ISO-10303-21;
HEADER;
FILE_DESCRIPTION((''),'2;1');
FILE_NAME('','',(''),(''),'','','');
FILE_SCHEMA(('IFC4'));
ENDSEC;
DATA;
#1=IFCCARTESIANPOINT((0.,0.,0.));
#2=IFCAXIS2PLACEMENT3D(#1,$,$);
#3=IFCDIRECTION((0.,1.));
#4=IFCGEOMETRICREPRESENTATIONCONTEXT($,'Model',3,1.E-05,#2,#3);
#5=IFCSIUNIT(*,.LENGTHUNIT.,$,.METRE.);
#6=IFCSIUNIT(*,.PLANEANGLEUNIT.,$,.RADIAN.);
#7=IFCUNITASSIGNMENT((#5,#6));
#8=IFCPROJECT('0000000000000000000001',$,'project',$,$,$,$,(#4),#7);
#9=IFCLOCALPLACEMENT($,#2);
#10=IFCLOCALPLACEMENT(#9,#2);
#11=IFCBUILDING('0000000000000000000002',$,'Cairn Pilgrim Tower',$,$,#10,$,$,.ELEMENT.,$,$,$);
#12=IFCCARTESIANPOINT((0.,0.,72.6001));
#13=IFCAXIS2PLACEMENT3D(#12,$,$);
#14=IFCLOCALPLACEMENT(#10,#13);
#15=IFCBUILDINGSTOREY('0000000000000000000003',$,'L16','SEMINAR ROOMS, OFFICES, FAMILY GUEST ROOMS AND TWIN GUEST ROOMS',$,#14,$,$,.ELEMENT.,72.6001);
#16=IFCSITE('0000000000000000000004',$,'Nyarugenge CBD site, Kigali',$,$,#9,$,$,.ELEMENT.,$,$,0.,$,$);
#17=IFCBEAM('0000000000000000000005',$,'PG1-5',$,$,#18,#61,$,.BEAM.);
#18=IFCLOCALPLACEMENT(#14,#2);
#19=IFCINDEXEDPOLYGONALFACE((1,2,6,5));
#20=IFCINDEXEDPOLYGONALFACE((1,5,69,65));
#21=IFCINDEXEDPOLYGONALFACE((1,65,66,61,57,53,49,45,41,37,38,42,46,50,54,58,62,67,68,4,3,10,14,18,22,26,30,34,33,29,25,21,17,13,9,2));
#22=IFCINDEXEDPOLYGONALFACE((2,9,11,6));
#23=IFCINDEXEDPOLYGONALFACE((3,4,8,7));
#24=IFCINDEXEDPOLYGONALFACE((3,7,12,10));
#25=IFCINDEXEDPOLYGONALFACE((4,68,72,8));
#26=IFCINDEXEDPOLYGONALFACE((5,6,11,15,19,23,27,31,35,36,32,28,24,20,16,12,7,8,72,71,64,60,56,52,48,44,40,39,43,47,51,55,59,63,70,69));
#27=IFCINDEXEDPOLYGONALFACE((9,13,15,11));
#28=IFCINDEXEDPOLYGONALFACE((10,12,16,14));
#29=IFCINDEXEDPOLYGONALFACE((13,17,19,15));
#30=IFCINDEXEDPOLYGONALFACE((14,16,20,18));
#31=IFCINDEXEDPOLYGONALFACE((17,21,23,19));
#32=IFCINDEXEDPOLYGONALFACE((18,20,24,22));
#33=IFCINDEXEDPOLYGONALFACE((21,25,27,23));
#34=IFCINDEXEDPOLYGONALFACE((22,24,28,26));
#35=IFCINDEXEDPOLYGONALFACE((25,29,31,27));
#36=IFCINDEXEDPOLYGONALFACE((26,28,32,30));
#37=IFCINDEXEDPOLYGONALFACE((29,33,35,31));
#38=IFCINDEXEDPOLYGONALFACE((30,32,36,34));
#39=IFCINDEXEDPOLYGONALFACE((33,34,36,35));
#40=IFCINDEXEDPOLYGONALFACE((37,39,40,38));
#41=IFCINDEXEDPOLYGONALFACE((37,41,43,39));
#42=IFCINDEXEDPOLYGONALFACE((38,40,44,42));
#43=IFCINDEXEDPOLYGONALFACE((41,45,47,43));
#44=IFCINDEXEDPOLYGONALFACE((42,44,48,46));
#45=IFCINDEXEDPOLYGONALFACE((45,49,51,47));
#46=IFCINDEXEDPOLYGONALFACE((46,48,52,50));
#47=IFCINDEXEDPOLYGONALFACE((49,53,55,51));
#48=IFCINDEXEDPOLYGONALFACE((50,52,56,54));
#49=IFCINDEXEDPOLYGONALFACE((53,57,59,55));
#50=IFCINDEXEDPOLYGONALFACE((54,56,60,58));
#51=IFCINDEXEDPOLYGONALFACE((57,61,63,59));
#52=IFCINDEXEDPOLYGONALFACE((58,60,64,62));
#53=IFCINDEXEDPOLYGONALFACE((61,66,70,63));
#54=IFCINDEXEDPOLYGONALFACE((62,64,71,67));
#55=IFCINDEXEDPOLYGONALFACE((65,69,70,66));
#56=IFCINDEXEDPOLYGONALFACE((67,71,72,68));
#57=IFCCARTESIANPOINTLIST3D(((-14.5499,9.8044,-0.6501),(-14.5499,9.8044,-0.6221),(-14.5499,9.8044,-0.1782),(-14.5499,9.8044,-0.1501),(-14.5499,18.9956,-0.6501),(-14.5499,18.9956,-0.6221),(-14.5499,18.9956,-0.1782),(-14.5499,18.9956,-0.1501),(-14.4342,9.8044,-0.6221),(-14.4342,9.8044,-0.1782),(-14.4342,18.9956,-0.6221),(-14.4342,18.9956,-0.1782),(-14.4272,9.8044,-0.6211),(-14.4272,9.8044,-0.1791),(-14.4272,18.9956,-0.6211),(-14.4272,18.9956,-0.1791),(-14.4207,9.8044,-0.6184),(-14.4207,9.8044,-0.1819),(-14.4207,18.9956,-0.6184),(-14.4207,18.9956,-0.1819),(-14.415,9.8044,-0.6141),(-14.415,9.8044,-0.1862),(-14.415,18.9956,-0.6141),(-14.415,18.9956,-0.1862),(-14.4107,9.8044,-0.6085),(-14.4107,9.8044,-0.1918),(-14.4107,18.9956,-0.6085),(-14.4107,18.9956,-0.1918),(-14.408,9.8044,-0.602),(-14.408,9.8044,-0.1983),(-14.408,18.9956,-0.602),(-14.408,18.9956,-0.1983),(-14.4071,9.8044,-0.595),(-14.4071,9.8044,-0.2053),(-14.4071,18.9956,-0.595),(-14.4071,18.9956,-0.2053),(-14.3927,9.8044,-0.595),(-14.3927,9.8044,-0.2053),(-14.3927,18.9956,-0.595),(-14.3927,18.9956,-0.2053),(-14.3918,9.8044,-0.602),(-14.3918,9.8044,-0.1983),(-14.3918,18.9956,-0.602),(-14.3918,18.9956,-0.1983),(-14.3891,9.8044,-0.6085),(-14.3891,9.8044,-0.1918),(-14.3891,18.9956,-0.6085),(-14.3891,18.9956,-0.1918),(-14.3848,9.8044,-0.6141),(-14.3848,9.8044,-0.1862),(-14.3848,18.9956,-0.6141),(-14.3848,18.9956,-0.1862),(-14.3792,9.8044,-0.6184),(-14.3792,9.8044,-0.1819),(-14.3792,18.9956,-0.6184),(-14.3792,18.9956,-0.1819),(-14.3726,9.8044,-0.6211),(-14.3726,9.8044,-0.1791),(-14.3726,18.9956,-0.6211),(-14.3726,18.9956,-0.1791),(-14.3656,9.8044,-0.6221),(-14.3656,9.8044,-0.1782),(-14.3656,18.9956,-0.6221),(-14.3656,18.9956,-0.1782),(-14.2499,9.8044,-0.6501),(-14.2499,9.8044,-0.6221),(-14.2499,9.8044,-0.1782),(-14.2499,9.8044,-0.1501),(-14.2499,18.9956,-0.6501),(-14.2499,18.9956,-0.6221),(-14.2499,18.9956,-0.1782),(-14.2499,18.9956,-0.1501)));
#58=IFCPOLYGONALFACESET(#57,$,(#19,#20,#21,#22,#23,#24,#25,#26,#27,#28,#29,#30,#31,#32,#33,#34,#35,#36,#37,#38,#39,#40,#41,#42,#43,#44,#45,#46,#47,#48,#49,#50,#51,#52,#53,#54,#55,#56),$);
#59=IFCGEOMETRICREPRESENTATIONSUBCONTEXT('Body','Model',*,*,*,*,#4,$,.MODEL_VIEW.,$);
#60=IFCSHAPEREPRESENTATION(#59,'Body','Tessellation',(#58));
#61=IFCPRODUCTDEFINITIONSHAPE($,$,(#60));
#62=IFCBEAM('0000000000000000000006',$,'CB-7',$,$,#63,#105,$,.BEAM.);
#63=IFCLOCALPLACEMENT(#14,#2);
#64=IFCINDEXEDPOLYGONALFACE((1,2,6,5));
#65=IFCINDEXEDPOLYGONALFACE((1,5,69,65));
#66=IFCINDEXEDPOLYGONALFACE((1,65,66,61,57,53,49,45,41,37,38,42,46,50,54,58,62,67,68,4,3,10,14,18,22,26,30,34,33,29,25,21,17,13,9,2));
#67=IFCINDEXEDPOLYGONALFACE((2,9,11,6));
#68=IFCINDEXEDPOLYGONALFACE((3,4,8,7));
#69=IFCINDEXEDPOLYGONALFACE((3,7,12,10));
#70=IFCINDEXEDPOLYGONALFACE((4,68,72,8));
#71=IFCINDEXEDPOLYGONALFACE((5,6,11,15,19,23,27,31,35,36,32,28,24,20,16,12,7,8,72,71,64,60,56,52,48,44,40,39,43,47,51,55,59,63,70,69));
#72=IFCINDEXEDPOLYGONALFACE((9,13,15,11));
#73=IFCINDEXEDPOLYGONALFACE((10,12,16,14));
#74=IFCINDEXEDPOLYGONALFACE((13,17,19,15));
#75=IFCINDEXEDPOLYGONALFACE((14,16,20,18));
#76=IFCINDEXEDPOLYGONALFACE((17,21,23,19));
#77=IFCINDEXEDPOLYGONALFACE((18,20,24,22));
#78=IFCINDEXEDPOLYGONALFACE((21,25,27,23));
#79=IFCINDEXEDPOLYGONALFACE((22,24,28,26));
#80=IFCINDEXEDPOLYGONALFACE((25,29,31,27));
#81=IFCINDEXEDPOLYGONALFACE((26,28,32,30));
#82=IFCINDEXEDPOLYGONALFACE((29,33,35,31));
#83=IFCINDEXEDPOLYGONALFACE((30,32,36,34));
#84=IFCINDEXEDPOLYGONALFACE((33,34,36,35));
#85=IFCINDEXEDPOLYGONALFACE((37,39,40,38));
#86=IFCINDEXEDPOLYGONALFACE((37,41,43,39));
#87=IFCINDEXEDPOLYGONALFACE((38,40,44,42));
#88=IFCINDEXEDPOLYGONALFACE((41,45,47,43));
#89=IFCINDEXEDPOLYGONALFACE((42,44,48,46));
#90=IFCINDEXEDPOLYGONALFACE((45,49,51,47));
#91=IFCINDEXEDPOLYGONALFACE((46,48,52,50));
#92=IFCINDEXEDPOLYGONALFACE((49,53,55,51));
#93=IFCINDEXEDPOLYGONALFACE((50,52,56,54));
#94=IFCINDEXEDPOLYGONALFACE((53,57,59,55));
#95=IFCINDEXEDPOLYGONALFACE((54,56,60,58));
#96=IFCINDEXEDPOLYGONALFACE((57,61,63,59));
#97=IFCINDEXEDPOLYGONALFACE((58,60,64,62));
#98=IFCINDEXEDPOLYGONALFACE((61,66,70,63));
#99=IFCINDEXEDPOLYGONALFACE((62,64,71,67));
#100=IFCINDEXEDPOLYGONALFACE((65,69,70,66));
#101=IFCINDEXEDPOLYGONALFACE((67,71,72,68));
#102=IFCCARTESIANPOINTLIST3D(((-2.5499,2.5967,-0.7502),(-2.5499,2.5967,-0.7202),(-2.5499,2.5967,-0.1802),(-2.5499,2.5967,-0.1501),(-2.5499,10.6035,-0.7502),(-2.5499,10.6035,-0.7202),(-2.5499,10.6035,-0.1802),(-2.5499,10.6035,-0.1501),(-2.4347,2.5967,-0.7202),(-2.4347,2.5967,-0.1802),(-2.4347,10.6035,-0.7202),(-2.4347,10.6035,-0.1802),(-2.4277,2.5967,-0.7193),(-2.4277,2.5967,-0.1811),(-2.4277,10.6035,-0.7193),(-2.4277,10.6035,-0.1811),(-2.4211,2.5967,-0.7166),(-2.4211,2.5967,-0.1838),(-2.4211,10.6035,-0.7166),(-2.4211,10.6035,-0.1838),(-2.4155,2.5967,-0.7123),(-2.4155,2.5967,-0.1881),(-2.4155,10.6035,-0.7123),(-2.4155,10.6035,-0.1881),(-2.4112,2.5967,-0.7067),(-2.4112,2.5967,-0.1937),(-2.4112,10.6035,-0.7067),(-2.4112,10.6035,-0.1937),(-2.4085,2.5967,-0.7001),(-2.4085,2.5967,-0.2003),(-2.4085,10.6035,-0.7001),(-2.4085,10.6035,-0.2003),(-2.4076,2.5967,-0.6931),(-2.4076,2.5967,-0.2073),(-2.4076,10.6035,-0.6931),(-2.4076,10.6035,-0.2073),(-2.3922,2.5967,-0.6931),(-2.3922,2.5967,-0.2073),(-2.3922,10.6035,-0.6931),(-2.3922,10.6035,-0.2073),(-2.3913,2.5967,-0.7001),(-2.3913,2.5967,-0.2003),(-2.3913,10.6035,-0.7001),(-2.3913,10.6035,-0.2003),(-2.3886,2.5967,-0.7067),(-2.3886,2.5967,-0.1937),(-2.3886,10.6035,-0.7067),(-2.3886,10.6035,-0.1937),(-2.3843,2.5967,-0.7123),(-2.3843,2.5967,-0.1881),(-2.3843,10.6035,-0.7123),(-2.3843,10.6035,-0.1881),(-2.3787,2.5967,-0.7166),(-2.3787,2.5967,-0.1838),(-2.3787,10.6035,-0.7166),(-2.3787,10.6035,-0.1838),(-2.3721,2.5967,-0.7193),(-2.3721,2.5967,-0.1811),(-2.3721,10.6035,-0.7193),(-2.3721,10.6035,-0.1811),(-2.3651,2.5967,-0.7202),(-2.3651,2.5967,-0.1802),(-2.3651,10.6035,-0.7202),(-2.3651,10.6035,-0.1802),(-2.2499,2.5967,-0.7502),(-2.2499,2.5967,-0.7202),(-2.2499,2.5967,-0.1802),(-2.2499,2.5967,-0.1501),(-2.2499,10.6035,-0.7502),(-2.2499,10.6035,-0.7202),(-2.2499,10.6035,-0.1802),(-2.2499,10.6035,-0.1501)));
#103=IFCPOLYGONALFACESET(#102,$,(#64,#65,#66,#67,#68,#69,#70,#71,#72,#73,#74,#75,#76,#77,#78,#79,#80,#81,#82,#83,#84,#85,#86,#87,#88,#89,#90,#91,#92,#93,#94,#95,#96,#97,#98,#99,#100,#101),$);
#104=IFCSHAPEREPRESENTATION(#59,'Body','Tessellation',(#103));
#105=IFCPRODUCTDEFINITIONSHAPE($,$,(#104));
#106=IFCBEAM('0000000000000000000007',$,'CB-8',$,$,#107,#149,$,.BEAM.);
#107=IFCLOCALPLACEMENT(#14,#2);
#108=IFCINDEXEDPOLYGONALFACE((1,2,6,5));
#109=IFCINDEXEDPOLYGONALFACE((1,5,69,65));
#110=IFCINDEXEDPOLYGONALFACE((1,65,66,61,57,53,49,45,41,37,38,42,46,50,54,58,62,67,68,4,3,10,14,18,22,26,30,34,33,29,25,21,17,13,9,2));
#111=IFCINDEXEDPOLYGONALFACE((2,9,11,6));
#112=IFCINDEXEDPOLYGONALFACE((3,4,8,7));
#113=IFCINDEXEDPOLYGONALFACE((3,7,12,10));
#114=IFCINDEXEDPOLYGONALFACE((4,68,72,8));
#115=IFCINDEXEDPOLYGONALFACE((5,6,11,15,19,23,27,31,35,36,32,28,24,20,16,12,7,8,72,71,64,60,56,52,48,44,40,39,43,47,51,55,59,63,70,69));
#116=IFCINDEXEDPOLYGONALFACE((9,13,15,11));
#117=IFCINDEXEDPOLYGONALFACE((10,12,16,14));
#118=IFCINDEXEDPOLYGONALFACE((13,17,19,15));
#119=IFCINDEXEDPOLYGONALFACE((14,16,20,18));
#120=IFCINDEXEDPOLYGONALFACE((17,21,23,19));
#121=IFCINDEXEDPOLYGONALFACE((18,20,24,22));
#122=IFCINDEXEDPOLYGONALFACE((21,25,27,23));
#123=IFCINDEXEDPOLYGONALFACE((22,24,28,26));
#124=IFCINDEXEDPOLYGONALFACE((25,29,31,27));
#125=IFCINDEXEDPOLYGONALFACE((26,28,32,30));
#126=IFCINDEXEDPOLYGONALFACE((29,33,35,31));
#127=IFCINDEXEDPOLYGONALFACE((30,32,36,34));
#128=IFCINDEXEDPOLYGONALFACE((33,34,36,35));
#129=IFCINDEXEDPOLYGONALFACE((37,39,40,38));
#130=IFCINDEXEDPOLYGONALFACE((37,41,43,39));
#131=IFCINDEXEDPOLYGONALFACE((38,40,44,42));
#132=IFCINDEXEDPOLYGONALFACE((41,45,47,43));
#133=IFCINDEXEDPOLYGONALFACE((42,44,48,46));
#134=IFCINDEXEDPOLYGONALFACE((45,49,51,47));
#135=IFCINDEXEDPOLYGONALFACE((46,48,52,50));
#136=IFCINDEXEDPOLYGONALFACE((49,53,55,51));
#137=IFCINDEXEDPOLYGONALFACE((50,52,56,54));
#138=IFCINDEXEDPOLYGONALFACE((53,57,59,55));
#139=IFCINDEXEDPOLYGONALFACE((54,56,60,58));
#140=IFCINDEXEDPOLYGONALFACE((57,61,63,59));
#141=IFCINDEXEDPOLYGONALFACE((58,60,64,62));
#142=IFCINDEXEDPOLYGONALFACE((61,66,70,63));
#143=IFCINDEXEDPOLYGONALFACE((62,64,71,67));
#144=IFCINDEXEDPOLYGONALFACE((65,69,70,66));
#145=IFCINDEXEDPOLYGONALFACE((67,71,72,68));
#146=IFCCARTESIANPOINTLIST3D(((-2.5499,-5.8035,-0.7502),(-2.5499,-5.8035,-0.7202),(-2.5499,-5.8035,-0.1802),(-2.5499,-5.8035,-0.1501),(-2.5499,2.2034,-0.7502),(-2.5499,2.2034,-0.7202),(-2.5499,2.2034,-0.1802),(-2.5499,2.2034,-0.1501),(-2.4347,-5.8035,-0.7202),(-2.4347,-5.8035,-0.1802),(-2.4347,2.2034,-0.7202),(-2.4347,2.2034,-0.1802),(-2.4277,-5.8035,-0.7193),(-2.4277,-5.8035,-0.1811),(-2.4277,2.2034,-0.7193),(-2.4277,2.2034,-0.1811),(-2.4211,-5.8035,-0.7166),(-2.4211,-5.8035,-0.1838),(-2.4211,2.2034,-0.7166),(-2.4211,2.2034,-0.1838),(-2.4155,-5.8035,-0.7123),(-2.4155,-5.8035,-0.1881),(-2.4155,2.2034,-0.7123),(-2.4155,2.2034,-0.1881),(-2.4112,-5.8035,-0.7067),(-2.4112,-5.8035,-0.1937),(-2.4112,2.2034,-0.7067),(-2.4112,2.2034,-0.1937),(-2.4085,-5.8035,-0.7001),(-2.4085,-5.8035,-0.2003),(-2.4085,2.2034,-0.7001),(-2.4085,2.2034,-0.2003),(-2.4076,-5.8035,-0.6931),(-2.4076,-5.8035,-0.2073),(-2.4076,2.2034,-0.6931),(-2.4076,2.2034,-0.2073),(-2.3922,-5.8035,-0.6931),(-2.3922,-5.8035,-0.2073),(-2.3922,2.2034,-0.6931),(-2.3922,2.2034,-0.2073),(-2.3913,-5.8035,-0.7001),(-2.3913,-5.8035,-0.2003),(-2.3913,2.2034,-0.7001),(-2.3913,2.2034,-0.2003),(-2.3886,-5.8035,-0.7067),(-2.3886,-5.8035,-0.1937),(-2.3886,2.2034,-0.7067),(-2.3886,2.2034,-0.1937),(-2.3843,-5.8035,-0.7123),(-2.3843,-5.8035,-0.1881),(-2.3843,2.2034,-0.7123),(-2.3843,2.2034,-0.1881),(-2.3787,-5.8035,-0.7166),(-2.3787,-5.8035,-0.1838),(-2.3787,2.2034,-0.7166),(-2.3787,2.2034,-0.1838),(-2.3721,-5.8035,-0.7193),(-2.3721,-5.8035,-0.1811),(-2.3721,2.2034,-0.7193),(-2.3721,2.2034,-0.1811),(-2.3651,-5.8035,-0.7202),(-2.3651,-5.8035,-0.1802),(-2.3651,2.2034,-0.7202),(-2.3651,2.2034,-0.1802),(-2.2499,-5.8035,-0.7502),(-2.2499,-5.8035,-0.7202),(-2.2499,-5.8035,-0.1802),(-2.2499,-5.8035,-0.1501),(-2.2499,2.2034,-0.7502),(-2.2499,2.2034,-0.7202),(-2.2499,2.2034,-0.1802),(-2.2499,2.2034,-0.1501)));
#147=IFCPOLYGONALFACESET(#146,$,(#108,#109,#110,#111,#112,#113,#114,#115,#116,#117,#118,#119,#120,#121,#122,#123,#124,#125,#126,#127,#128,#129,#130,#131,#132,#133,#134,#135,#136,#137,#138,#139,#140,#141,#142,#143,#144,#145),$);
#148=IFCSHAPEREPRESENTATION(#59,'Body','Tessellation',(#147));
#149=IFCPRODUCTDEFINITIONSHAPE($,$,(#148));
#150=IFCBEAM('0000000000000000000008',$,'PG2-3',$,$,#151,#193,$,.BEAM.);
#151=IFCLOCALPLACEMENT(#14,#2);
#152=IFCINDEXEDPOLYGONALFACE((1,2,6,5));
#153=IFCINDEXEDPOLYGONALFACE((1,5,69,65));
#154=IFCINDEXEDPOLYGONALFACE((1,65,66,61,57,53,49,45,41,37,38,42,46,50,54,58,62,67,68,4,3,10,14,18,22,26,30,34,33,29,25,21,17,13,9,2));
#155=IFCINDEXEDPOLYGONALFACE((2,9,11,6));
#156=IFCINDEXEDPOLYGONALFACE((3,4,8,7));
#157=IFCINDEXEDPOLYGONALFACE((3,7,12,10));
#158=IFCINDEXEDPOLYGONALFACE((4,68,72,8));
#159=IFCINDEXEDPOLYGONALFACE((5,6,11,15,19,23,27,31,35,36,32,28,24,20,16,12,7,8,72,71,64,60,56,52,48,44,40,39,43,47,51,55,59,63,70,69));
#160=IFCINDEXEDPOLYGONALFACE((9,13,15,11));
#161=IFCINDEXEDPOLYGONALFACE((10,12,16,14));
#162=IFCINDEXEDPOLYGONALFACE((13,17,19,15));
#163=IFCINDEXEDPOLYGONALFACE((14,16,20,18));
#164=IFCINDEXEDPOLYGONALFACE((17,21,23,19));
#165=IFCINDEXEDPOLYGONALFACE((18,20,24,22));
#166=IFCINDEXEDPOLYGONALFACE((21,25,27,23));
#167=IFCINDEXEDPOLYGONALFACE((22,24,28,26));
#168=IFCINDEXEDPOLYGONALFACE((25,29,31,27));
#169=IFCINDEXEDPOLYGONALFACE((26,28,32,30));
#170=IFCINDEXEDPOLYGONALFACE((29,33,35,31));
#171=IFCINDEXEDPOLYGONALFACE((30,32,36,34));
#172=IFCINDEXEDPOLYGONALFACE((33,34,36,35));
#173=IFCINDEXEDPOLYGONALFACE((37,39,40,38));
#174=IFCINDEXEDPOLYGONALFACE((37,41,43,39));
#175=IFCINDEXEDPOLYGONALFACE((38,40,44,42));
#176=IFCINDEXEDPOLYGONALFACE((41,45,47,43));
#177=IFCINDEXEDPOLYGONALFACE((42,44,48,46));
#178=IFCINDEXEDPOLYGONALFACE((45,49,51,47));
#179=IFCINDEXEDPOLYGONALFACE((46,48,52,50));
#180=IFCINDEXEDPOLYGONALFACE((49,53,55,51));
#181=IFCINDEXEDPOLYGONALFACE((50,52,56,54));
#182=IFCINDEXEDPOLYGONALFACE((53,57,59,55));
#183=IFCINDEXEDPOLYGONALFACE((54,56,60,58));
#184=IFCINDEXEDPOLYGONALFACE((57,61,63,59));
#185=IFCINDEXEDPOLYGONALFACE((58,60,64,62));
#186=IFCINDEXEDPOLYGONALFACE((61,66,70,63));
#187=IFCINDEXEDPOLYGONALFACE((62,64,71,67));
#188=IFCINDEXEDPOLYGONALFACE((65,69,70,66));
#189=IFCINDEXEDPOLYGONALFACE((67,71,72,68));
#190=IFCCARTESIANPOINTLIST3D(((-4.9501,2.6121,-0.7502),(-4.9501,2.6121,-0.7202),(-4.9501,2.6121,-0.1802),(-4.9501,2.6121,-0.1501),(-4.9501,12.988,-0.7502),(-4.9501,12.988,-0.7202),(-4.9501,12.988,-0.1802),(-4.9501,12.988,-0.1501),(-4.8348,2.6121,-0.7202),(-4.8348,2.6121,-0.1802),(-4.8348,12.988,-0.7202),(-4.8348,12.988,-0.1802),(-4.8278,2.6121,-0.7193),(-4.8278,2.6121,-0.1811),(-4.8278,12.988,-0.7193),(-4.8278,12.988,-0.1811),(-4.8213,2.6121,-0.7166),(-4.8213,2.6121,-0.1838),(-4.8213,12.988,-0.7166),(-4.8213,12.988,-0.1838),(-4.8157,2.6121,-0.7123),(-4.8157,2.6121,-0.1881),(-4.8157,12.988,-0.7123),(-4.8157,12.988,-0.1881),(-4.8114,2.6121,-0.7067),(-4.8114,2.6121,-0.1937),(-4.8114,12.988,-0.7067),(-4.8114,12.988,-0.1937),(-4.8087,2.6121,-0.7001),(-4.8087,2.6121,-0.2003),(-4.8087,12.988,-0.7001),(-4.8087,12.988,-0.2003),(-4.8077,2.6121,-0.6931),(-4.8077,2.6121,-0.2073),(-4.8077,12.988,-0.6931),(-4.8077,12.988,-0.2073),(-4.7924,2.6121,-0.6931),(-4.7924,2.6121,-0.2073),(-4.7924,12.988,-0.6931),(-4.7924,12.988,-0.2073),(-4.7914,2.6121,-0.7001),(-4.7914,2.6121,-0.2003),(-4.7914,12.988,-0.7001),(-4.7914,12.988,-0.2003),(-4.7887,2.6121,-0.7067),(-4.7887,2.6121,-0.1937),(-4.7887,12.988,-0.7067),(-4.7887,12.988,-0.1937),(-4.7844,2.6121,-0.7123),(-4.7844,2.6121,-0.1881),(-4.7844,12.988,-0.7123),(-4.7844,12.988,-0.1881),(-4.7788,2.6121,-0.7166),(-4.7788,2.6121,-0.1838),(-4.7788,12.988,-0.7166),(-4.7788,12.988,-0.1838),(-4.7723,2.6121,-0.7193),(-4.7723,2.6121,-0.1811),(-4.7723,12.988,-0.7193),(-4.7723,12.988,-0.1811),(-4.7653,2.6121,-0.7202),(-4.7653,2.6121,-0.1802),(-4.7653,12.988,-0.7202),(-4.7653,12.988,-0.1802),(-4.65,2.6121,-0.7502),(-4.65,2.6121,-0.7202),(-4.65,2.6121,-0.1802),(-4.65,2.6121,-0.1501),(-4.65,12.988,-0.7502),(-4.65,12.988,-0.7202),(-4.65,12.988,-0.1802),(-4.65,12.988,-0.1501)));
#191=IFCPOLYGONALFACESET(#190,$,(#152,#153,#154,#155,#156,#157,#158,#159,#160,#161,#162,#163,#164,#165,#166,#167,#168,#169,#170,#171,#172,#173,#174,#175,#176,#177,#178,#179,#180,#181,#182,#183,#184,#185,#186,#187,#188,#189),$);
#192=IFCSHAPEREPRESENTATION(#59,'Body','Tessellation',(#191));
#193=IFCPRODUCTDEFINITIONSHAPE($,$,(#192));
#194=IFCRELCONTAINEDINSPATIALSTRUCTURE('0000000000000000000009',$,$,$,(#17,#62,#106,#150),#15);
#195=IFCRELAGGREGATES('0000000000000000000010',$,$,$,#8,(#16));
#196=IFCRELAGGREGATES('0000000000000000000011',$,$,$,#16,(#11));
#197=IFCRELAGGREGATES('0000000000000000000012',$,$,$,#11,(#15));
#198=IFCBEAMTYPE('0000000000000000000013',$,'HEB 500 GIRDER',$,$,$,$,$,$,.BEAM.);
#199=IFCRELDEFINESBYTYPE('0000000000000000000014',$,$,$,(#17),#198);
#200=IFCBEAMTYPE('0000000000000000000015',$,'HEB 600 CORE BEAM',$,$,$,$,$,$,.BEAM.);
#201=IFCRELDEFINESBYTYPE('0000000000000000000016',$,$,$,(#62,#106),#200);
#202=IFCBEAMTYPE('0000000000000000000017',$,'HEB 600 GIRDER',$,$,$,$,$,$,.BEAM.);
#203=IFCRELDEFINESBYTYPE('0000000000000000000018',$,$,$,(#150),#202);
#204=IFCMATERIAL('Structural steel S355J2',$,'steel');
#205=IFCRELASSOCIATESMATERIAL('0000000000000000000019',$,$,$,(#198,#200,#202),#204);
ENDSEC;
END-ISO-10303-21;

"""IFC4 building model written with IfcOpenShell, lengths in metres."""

from ifc_helpers import new_model, si_unit, direction, frame, origin, origin_2d, place, context, subcontext, project, spatial, i_section, extrude, material, material_profile, profile_set, type_object, element, save


model = new_model("IFC4")

# Units and contexts
model_context = context("Model", 3, precision=1e-05, world=origin(), true_north=direction((0.0, 1.0)))
body_context = subcontext(model_context, "Body", "Model", "MODEL_VIEW")
ifc_project = project(units=[si_unit("LENGTHUNIT", "METRE"), si_unit("PLANEANGLEUNIT", "RADIAN")], contexts=[model_context])

# Site, building, storey
site_placement = place(None, origin())
site = spatial("IfcSite", under=ifc_project, at=site_placement, Name="Nyarugenge CBD site, Kigali", CompositionType="ELEMENT", RefElevation=0.0)
building_placement = place(site_placement, origin())
building = spatial("IfcBuilding", under=site, at=building_placement, Name="Cairn Pilgrim Tower", CompositionType="ELEMENT")
storey_placement = place(building_placement, frame((0.0, 0.0, 72.6001)))
storey = spatial("IfcBuildingStorey", under=building, at=storey_placement, Name="L16", Description="SEMINAR ROOMS, OFFICES, FAMILY GUEST ROOMS AND TWIN GUEST ROOMS", CompositionType="ELEMENT", Elevation=72.6001)

# Beams
ifc_material_1 = material(Name="Structural steel S355J2", Category="steel")
ifc_material_profile_1 = material_profile(ifc_material_1, i_section(OverallWidth=0.3, OverallDepth=0.5, WebThickness=0.0144, FlangeThickness=0.0281, FilletRadius=0.0271, at=origin_2d()), Name="HEB 500")
ifc_profile_set_1 = profile_set([ifc_material_profile_1], Name="Structural steel S355J2")
beam_type_1 = type_object("IfcBeamType", Name="HEB 500 GIRDER", PredefinedType="BEAM", material=ifc_profile_set_1)
beam_1_placement = place(storey_placement, frame((-14.3999, 9.8044, -0.4001), z_axis=(0.0, 1.0, 0.0), x_axis=(-1.0, 0.0, 0.0)))
element("IfcBeam", 1, at=beam_1_placement, inside=storey, type_object=beam_type_1, Name="PG1-5", PredefinedType="BEAM", context=body_context, shape_type="SweptSolid", body=[
    extrude(i_section(OverallWidth=0.3, OverallDepth=0.5, WebThickness=0.0144, FlangeThickness=0.0281, FilletRadius=0.0271, at=origin_2d()), origin(), (0.0, 0.0, 1.0), 9.1912),
])
ifc_material_profile_2 = material_profile(ifc_material_1, i_section(OverallWidth=0.3, OverallDepth=0.6001, WebThickness=0.0154, FlangeThickness=0.03, FilletRadius=0.0271, at=origin_2d()), Name="HEB 600")
ifc_profile_set_2 = profile_set([ifc_material_profile_2], Name="Structural steel S355J2")
beam_type_2 = type_object("IfcBeamType", Name="HEB 600 CORE BEAM", PredefinedType="BEAM", material=ifc_profile_set_2)
for number, where, z_axis, x_axis, name in (
    (2, (-2.3999, 10.6035, -0.4502), (0.0, -1.0, 0.0), (1.0, 0.0, 0.0), "CB-7"),
    (3, (-2.3999, 2.2034, -0.4502), (0.0, -1.0, 0.0), (1.0, 0.0, 0.0), "CB-8"),
):
    element("IfcBeam", number, at=place(storey_placement, frame(where, z_axis=z_axis, x_axis=x_axis)), inside=storey, type_object=beam_type_2, Name=name, PredefinedType="BEAM", context=body_context, shape_type="SweptSolid", body=[
        extrude(i_section(OverallWidth=0.3, OverallDepth=0.6001, WebThickness=0.0154, FlangeThickness=0.03, FilletRadius=0.0271, at=origin_2d()), origin(), (0.0, 0.0, 1.0), 8.0068),
    ])
ifc_material_profile_3 = material_profile(ifc_material_1, i_section(OverallWidth=0.3, OverallDepth=0.6001, WebThickness=0.0154, FlangeThickness=0.03, FilletRadius=0.0271, at=origin_2d()), Name="HEB 600")
ifc_profile_set_3 = profile_set([ifc_material_profile_3], Name="Structural steel S355J2")
beam_type_3 = type_object("IfcBeamType", Name="HEB 600 GIRDER", PredefinedType="BEAM", material=ifc_profile_set_3)
beam_2_placement = place(storey_placement, frame((-4.8, 2.6121, -0.4502), z_axis=(0.0, 1.0, 0.0), x_axis=(-1.0, 0.0, 0.0)))
element("IfcBeam", 4, at=beam_2_placement, inside=storey, type_object=beam_type_3, Name="PG2-3", PredefinedType="BEAM", context=body_context, shape_type="SweptSolid", body=[
    extrude(i_section(OverallWidth=0.3, OverallDepth=0.6001, WebThickness=0.0154, FlangeThickness=0.03, FilletRadius=0.0271, at=origin_2d()), origin(), (0.0, 0.0, 1.0), 10.376),
])

save(model, "model.ifc")
